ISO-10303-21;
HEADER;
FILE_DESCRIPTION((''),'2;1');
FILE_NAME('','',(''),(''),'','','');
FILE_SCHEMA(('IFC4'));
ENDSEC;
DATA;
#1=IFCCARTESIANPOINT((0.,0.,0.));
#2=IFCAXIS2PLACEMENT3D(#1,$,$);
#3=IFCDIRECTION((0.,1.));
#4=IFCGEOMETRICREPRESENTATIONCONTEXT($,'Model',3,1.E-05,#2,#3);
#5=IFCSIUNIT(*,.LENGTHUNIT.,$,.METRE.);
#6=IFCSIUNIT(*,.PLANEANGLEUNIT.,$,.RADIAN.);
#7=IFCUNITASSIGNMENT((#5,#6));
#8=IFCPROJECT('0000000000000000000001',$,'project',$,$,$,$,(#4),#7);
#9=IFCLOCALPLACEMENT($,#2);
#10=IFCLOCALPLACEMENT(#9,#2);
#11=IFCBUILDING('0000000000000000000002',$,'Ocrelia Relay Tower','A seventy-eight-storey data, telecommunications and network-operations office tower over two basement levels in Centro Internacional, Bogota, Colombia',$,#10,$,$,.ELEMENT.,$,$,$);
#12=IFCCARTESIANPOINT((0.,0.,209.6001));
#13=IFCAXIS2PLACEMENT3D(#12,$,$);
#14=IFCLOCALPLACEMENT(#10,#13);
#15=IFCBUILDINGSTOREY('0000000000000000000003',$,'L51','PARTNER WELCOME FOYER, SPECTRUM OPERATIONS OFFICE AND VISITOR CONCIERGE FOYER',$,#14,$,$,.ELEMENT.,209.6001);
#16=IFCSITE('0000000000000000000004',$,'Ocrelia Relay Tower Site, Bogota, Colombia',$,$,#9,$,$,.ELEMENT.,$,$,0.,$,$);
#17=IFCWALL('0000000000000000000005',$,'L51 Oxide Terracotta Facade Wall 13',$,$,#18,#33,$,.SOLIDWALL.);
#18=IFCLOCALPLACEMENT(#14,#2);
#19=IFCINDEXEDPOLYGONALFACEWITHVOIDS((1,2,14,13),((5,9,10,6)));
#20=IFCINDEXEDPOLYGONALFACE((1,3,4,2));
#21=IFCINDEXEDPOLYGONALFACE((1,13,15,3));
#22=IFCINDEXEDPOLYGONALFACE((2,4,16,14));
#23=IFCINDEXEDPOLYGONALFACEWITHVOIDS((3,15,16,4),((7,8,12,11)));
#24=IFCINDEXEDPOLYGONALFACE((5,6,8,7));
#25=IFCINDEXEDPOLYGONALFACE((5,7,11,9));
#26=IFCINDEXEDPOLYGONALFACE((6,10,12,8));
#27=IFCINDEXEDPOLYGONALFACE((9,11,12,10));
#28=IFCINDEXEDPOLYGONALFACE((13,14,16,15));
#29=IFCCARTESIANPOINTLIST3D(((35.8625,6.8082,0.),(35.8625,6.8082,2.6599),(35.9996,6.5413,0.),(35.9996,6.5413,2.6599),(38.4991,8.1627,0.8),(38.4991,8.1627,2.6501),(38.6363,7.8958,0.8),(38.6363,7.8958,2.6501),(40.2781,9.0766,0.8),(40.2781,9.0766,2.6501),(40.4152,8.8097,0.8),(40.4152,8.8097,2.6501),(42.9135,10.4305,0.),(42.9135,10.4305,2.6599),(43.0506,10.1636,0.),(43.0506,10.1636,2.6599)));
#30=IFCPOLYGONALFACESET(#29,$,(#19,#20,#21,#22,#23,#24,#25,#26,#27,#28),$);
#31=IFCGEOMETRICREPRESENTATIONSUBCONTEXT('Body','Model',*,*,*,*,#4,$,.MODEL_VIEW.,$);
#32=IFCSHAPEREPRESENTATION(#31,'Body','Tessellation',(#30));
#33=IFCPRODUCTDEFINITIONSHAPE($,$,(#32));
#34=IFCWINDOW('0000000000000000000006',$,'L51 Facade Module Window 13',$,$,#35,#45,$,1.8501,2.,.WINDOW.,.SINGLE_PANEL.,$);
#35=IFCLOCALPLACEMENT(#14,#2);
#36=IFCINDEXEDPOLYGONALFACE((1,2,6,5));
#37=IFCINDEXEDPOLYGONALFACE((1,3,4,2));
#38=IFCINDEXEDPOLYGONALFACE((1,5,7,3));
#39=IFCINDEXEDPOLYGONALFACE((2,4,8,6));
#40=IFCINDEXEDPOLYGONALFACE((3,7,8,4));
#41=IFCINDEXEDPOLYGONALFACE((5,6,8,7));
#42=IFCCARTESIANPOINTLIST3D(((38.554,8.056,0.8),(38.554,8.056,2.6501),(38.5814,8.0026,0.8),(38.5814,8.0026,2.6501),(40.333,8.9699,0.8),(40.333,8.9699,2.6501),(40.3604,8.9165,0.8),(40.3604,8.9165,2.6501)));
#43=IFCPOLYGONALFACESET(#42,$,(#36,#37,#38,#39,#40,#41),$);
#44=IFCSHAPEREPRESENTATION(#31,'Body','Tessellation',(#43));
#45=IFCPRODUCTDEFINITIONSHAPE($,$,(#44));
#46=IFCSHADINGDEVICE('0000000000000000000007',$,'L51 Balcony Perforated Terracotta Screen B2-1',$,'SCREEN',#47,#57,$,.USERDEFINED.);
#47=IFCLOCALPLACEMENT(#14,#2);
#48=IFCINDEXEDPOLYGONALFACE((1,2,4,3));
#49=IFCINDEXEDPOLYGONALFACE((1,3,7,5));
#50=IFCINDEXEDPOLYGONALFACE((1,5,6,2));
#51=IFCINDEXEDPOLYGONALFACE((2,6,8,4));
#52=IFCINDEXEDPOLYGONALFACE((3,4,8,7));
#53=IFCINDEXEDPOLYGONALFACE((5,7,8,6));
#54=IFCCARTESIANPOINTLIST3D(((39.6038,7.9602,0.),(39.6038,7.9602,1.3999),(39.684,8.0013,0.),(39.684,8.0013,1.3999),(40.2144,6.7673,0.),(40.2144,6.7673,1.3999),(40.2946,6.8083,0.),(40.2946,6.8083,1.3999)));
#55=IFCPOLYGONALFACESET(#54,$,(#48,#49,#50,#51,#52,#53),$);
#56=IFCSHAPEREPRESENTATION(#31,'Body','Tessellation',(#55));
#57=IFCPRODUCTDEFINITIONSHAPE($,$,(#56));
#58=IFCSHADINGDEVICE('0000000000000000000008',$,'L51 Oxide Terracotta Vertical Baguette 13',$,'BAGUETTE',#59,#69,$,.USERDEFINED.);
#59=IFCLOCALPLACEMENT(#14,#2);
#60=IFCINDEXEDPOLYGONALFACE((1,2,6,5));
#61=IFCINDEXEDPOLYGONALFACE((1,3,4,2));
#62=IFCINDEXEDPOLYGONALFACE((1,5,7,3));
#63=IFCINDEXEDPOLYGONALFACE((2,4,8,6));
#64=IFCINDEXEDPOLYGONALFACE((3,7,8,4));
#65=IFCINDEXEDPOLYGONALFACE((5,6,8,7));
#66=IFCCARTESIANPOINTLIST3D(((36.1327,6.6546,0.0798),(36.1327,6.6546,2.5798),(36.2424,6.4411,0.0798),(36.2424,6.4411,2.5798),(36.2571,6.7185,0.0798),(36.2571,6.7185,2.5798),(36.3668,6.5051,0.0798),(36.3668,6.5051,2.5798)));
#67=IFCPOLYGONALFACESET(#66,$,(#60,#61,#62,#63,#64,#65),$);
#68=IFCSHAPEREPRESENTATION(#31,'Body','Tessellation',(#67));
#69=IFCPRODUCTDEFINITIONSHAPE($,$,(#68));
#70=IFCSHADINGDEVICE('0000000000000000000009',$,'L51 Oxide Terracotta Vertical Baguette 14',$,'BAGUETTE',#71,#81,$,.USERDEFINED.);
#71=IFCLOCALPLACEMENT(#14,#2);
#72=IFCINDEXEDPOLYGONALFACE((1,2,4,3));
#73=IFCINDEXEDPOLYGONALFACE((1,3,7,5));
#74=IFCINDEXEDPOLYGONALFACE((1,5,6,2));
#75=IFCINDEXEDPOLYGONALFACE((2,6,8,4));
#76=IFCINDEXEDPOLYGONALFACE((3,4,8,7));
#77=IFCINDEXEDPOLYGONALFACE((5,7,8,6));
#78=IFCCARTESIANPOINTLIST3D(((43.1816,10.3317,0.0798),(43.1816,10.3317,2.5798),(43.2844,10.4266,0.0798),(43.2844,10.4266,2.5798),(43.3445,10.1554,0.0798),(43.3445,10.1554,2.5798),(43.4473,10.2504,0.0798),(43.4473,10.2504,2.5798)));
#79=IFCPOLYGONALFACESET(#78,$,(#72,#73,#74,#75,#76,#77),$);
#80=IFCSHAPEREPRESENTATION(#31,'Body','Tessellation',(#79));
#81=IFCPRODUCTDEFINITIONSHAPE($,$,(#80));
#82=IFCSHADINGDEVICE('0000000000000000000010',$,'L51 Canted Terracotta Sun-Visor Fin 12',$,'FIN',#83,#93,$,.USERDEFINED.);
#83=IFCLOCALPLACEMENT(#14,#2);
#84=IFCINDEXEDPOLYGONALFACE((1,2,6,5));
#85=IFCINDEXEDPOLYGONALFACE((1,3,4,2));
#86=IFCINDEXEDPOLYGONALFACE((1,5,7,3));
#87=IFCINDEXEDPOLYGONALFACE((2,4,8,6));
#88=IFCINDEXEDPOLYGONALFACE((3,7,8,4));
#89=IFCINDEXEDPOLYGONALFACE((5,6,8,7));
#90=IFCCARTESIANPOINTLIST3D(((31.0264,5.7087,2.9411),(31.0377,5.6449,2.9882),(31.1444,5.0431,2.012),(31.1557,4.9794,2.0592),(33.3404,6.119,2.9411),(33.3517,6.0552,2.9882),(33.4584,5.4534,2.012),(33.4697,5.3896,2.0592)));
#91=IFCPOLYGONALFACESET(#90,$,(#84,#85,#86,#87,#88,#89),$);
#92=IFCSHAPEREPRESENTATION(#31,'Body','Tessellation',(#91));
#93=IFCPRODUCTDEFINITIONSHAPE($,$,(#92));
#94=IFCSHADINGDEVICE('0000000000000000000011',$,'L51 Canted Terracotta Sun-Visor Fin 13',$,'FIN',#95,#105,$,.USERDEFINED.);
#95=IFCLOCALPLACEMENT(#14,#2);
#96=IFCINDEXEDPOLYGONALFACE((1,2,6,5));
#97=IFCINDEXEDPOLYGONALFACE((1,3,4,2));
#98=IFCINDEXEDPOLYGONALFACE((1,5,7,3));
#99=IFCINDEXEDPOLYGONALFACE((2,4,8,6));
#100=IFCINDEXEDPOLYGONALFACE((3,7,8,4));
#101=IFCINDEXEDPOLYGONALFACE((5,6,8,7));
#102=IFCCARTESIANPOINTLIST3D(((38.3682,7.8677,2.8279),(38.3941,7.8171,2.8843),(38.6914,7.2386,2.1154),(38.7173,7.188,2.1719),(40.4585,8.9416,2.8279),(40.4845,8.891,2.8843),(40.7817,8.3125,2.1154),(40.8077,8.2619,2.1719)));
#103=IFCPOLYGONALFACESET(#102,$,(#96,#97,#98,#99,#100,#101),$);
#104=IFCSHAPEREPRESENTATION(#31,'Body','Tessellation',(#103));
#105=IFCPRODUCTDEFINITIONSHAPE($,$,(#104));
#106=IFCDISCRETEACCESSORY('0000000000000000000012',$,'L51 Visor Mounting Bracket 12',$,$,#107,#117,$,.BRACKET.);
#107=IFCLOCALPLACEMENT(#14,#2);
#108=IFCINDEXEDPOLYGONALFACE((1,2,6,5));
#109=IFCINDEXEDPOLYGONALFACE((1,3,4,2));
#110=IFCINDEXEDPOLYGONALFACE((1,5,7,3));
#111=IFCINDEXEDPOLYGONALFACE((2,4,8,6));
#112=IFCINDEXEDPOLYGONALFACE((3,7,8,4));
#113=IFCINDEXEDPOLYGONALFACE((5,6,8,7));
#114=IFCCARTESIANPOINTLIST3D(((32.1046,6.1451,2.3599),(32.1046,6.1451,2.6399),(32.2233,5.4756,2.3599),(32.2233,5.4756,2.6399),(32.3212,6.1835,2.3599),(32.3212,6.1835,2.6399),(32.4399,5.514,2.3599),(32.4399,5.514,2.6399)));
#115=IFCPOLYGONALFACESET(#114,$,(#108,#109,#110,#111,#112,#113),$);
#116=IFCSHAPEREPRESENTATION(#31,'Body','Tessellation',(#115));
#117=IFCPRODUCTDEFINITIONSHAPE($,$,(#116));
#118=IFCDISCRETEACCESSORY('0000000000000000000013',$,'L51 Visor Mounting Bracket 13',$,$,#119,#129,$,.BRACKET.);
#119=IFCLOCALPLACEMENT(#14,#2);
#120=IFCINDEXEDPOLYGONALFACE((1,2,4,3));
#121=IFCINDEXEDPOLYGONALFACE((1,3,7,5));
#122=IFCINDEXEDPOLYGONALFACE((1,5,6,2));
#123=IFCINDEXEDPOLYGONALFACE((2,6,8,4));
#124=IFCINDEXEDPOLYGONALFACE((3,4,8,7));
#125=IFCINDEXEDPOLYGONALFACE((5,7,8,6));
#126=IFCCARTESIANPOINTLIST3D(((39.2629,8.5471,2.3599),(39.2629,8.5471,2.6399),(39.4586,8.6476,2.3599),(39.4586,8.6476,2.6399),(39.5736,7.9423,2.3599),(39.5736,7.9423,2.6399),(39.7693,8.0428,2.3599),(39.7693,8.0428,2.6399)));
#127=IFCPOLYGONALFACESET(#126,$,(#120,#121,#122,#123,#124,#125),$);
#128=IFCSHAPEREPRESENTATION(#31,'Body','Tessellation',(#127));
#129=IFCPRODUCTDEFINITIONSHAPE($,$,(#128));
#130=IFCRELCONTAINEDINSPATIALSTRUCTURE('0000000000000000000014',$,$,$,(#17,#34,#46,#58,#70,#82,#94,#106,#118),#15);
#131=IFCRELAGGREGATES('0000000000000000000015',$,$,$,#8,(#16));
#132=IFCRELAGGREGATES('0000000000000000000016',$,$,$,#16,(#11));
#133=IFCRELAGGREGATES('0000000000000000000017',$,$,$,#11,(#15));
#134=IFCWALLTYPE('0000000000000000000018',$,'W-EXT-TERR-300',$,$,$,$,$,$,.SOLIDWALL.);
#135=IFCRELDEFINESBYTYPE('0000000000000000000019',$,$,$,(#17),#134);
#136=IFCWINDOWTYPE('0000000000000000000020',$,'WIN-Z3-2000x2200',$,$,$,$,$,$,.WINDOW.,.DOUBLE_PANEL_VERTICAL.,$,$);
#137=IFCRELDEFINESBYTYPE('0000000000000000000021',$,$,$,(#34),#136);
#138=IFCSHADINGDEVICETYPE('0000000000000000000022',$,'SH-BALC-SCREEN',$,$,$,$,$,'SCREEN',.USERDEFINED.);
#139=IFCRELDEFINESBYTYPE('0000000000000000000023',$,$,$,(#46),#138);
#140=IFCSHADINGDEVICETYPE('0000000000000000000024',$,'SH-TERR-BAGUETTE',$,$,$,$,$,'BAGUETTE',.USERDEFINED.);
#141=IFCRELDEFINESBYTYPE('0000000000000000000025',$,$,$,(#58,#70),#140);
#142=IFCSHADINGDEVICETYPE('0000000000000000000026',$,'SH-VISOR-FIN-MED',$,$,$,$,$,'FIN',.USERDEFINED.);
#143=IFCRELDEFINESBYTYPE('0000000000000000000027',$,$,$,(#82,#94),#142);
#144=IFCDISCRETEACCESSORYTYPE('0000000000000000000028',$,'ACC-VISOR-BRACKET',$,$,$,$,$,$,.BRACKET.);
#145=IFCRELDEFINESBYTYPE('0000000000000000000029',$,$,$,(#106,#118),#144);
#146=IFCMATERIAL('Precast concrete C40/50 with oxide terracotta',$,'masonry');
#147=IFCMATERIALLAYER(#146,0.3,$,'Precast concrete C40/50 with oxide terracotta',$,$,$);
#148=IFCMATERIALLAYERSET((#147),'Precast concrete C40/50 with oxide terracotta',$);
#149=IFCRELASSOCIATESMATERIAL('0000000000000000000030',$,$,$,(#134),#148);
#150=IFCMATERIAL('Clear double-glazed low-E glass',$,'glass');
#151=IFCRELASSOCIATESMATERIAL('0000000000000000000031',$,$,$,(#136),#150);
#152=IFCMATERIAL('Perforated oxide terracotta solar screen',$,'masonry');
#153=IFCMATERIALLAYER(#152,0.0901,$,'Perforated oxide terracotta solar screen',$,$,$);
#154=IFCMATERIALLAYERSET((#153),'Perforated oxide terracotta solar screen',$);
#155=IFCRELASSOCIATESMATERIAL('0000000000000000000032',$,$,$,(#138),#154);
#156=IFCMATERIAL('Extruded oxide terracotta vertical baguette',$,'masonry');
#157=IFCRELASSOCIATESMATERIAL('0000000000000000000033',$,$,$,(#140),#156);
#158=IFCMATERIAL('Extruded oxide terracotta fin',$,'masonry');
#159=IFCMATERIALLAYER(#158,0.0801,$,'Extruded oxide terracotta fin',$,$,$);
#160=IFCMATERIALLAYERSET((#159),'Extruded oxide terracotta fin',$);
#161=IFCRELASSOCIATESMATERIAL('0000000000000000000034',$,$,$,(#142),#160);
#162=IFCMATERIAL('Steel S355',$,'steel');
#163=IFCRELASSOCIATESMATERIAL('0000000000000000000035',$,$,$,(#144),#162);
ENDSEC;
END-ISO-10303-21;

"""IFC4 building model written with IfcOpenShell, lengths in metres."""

from ifc_helpers import new_model, si_unit, direction, frame, frame_2d, origin, origin_2d, place, context, subcontext, project, spatial, rectangle, extrude, material, layer, layer_set, type_object, element, fill, save


model = new_model("IFC4")

# Units and contexts
model_context = context("Model", 3, precision=1e-05, world=origin(), true_north=direction((0.0, 1.0)))
body_context = subcontext(model_context, "Body", "Model", "MODEL_VIEW")
ifc_project = project(units=[si_unit("LENGTHUNIT", "METRE"), si_unit("PLANEANGLEUNIT", "RADIAN")], contexts=[model_context])

# Site, building, storey
site_placement = place(None, origin())
site = spatial("IfcSite", under=ifc_project, at=site_placement, Name="Ocrelia Relay Tower Site, Bogota, Colombia", CompositionType="ELEMENT", RefElevation=0.0)
building_placement = place(site_placement, origin())
building = spatial("IfcBuilding", under=site, at=building_placement, Name="Ocrelia Relay Tower", Description="A seventy-eight-storey data, telecommunications and network-operations office tower over two basement levels in Centro Internacional, Bogota, Colombia", CompositionType="ELEMENT")
storey_placement = place(building_placement, frame((0.0, 0.0, 209.6001)))
storey = spatial("IfcBuildingStorey", under=building, at=storey_placement, Name="L51", Description="PARTNER WELCOME FOYER, SPECTRUM OPERATIONS OFFICE AND VISITOR CONCIERGE FOYER", CompositionType="ELEMENT", Elevation=209.6001)

# Shared definitions
ifc_material_1 = material(Name="Steel S355", Category="steel")

# Wall, opening, window
ifc_material_2 = material(Name="Precast concrete C40/50 with oxide terracotta", Category="masonry")
ifc_layer_1 = layer(ifc_material_2, 0.3, Name="Precast concrete C40/50 with oxide terracotta")
ifc_layer_set_1 = layer_set([ifc_layer_1], Name="Precast concrete C40/50 with oxide terracotta")
wall_type_1 = type_object("IfcWallType", Name="W-EXT-TERR-300", PredefinedType="SOLIDWALL", material=ifc_layer_set_1)
wall_1_placement = place(storey_placement, frame((35.9312, 6.6748, 0.0), z_axis=(0.0, 0.0, 1.0), x_axis=(0.889489, 0.456956, 0.0)))
wall_1 = element("IfcWall", 1, at=wall_1_placement, inside=storey, type_object=wall_type_1, Name="L51 Oxide Terracotta Facade Wall 13", PredefinedType="SOLIDWALL", context=body_context, shape_type="SweptSolid", body=[
    extrude(rectangle(XDim=7.927, YDim=0.3, at=frame_2d((3.9634, 0.0))), origin(), (0.0, 0.0, 1.0), 2.6599),
])
opening_1_placement = place(wall_1_placement, frame((2.9641, 0.0, 0.8)))
opening_1 = element("IfcOpeningElement", 2, at=opening_1_placement, cuts=wall_1, PredefinedType="OPENING", context=body_context, shape_type="SweptSolid", body=[
    extrude(rectangle(XDim=2.0, YDim=1.8501, at=frame_2d((1.0, 0.925))), frame((0.0, 0.1602, 0.0), z_axis=(0.0, -1.0, 0.0), x_axis=(1.0, 0.0, 0.0)), (0.0, 0.0, 1.0), 0.3201),
])
ifc_material_3 = material(Name="Clear double-glazed low-E glass", Category="glass")
window_type = type_object("IfcWindowType", Name="WIN-Z3-2000x2200", PartitioningType="DOUBLE_PANEL_VERTICAL", PredefinedType="WINDOW", material=ifc_material_3)
window_placement = place(opening_1_placement, origin())
window = element("IfcWindow", 3, at=window_placement, inside=storey, type_object=window_type, Name="L51 Facade Module Window 13", OverallHeight=1.8501, OverallWidth=2.0, PartitioningType="SINGLE_PANEL", PredefinedType="WINDOW", context=body_context, shape_type="SweptSolid", body=[
    extrude(rectangle(XDim=2.0, YDim=1.8501, at=frame_2d((1.0, 0.925))), frame((0.0, 0.03, 0.0), z_axis=(0.0, -1.0, 0.0), x_axis=(1.0, 0.0, 0.0)), (0.0, 0.0, 1.0), 0.0601),
])
fill(opening_1, window)

# Shading devices
ifc_material_4 = material(Name="Perforated oxide terracotta solar screen", Category="masonry")
ifc_layer_2 = layer(ifc_material_4, 0.0901, Name="Perforated oxide terracotta solar screen")
ifc_layer_set_2 = layer_set([ifc_layer_2], Name="Perforated oxide terracotta solar screen")
shading_device_type_1 = type_object("IfcShadingDeviceType", Name="SH-BALC-SCREEN", ElementType="SCREEN", PredefinedType="USERDEFINED", material=ifc_layer_set_2)
shading_device_1_placement = place(storey_placement, frame((39.9492, 7.3843, 0.0), z_axis=(0.0, 0.0, 1.0), x_axis=(0.455633, -0.890168, 0.0)))
element("IfcShadingDevice", 4, at=shading_device_1_placement, inside=storey, type_object=shading_device_type_1, Name="L51 Balcony Perforated Terracotta Screen B2-1", ObjectType="SCREEN", PredefinedType="USERDEFINED", context=body_context, shape_type="SweptSolid", body=[
    extrude(rectangle(XDim=1.3401, YDim=0.0901, at=origin_2d()), origin(), (0.0, 0.0, 1.0), 1.3999),
])
ifc_material_5 = material(Name="Extruded oxide terracotta vertical baguette", Category="masonry")
shading_device_type_2 = type_object("IfcShadingDeviceType", Name="SH-TERR-BAGUETTE", ElementType="BAGUETTE", PredefinedType="USERDEFINED", material=ifc_material_5)
for number, where, z_axis, x_axis, name in (
    (5, (36.2498, 6.5798, 0.0798), (0.0, 0.0, 1.0), (0.889484, 0.456966, 0.0), "L51 Oxide Terracotta Vertical Baguette 13"),
    (6, (43.3145, 10.291, 0.0798), (0.0, 0.0, 1.0), (0.734328, 0.678795, 0.0), "L51 Oxide Terracotta Vertical Baguette 14"),
):
    element("IfcShadingDevice", number, at=place(storey_placement, frame(where, z_axis=z_axis, x_axis=x_axis)), inside=storey, type_object=shading_device_type_2, Name=name, ObjectType="BAGUETTE", PredefinedType="USERDEFINED", context=body_context, shape_type="SweptSolid", body=[
        extrude(rectangle(XDim=0.1399, YDim=0.24, at=origin_2d()), origin(), (0.0, 0.0, 1.0), 2.5),
    ])
ifc_material_6 = material(Name="Extruded oxide terracotta fin", Category="masonry")
ifc_layer_3 = layer(ifc_material_6, 0.0801, Name="Extruded oxide terracotta fin")
ifc_layer_set_3 = layer_set([ifc_layer_3], Name="Extruded oxide terracotta fin")
shading_device_type_3 = type_object("IfcShadingDeviceType", Name="SH-VISOR-FIN-MED", ElementType="FIN", PredefinedType="USERDEFINED", material=ifc_layer_set_3)
shading_device_2_placement = place(storey_placement, frame((32.2424, 5.5811, 2.4766), z_axis=(0.141171, -0.796188, 0.58835), x_axis=(0.984642, 0.174586, 0.0)))
element("IfcShadingDevice", 7, at=shading_device_2_placement, inside=storey, type_object=shading_device_type_3, Name="L51 Canted Terracotta Sun-Visor Fin 12", ObjectType="FIN", PredefinedType="USERDEFINED", context=body_context, shape_type="SweptSolid", body=[
    extrude(rectangle(XDim=2.3501, YDim=1.1489, at=origin_2d()), origin(), (0.0, 0.0, 1.0), 0.0801),
])
shading_device_3_placement = place(storey_placement, frame((39.575, 8.0901, 2.4717), z_axis=(0.324306, -0.631261, 0.70451), x_axis=(0.889484, 0.456966, 0.0)))
element("IfcShadingDevice", 8, at=shading_device_3_placement, inside=storey, type_object=shading_device_type_3, Name="L51 Canted Terracotta Sun-Visor Fin 13", ObjectType="FIN", PredefinedType="USERDEFINED", context=body_context, shape_type="SweptSolid", body=[
    extrude(rectangle(XDim=2.3501, YDim=1.0039, at=origin_2d()), origin(), (0.0, 0.0, 1.0), 0.0801),
])

# Discrete accessories
discrete_accessory_type = type_object("IfcDiscreteAccessoryType", Name="ACC-VISOR-BRACKET", PredefinedType="BRACKET", material=ifc_material_1)
for number, where, z_axis, x_axis, name in (
    (9, (32.2722, 5.8296, 2.3599), (0.0, 0.0, 1.0), (0.984642, 0.174586, 0.0), "L51 Visor Mounting Bracket 12"),
    (10, (39.5161, 8.2949, 2.3599), (0.0, 0.0, 1.0), (0.889484, 0.456966, 0.0), "L51 Visor Mounting Bracket 13"),
):
    element("IfcDiscreteAccessory", number, at=place(storey_placement, frame(where, z_axis=z_axis, x_axis=x_axis)), inside=storey, type_object=discrete_accessory_type, Name=name, PredefinedType="BRACKET", context=body_context, shape_type="SweptSolid", body=[
        extrude(rectangle(XDim=0.22, YDim=0.6799, at=origin_2d()), origin(), (0.0, 0.0, 1.0), 0.28),
    ])

save(model, "model.ifc")
